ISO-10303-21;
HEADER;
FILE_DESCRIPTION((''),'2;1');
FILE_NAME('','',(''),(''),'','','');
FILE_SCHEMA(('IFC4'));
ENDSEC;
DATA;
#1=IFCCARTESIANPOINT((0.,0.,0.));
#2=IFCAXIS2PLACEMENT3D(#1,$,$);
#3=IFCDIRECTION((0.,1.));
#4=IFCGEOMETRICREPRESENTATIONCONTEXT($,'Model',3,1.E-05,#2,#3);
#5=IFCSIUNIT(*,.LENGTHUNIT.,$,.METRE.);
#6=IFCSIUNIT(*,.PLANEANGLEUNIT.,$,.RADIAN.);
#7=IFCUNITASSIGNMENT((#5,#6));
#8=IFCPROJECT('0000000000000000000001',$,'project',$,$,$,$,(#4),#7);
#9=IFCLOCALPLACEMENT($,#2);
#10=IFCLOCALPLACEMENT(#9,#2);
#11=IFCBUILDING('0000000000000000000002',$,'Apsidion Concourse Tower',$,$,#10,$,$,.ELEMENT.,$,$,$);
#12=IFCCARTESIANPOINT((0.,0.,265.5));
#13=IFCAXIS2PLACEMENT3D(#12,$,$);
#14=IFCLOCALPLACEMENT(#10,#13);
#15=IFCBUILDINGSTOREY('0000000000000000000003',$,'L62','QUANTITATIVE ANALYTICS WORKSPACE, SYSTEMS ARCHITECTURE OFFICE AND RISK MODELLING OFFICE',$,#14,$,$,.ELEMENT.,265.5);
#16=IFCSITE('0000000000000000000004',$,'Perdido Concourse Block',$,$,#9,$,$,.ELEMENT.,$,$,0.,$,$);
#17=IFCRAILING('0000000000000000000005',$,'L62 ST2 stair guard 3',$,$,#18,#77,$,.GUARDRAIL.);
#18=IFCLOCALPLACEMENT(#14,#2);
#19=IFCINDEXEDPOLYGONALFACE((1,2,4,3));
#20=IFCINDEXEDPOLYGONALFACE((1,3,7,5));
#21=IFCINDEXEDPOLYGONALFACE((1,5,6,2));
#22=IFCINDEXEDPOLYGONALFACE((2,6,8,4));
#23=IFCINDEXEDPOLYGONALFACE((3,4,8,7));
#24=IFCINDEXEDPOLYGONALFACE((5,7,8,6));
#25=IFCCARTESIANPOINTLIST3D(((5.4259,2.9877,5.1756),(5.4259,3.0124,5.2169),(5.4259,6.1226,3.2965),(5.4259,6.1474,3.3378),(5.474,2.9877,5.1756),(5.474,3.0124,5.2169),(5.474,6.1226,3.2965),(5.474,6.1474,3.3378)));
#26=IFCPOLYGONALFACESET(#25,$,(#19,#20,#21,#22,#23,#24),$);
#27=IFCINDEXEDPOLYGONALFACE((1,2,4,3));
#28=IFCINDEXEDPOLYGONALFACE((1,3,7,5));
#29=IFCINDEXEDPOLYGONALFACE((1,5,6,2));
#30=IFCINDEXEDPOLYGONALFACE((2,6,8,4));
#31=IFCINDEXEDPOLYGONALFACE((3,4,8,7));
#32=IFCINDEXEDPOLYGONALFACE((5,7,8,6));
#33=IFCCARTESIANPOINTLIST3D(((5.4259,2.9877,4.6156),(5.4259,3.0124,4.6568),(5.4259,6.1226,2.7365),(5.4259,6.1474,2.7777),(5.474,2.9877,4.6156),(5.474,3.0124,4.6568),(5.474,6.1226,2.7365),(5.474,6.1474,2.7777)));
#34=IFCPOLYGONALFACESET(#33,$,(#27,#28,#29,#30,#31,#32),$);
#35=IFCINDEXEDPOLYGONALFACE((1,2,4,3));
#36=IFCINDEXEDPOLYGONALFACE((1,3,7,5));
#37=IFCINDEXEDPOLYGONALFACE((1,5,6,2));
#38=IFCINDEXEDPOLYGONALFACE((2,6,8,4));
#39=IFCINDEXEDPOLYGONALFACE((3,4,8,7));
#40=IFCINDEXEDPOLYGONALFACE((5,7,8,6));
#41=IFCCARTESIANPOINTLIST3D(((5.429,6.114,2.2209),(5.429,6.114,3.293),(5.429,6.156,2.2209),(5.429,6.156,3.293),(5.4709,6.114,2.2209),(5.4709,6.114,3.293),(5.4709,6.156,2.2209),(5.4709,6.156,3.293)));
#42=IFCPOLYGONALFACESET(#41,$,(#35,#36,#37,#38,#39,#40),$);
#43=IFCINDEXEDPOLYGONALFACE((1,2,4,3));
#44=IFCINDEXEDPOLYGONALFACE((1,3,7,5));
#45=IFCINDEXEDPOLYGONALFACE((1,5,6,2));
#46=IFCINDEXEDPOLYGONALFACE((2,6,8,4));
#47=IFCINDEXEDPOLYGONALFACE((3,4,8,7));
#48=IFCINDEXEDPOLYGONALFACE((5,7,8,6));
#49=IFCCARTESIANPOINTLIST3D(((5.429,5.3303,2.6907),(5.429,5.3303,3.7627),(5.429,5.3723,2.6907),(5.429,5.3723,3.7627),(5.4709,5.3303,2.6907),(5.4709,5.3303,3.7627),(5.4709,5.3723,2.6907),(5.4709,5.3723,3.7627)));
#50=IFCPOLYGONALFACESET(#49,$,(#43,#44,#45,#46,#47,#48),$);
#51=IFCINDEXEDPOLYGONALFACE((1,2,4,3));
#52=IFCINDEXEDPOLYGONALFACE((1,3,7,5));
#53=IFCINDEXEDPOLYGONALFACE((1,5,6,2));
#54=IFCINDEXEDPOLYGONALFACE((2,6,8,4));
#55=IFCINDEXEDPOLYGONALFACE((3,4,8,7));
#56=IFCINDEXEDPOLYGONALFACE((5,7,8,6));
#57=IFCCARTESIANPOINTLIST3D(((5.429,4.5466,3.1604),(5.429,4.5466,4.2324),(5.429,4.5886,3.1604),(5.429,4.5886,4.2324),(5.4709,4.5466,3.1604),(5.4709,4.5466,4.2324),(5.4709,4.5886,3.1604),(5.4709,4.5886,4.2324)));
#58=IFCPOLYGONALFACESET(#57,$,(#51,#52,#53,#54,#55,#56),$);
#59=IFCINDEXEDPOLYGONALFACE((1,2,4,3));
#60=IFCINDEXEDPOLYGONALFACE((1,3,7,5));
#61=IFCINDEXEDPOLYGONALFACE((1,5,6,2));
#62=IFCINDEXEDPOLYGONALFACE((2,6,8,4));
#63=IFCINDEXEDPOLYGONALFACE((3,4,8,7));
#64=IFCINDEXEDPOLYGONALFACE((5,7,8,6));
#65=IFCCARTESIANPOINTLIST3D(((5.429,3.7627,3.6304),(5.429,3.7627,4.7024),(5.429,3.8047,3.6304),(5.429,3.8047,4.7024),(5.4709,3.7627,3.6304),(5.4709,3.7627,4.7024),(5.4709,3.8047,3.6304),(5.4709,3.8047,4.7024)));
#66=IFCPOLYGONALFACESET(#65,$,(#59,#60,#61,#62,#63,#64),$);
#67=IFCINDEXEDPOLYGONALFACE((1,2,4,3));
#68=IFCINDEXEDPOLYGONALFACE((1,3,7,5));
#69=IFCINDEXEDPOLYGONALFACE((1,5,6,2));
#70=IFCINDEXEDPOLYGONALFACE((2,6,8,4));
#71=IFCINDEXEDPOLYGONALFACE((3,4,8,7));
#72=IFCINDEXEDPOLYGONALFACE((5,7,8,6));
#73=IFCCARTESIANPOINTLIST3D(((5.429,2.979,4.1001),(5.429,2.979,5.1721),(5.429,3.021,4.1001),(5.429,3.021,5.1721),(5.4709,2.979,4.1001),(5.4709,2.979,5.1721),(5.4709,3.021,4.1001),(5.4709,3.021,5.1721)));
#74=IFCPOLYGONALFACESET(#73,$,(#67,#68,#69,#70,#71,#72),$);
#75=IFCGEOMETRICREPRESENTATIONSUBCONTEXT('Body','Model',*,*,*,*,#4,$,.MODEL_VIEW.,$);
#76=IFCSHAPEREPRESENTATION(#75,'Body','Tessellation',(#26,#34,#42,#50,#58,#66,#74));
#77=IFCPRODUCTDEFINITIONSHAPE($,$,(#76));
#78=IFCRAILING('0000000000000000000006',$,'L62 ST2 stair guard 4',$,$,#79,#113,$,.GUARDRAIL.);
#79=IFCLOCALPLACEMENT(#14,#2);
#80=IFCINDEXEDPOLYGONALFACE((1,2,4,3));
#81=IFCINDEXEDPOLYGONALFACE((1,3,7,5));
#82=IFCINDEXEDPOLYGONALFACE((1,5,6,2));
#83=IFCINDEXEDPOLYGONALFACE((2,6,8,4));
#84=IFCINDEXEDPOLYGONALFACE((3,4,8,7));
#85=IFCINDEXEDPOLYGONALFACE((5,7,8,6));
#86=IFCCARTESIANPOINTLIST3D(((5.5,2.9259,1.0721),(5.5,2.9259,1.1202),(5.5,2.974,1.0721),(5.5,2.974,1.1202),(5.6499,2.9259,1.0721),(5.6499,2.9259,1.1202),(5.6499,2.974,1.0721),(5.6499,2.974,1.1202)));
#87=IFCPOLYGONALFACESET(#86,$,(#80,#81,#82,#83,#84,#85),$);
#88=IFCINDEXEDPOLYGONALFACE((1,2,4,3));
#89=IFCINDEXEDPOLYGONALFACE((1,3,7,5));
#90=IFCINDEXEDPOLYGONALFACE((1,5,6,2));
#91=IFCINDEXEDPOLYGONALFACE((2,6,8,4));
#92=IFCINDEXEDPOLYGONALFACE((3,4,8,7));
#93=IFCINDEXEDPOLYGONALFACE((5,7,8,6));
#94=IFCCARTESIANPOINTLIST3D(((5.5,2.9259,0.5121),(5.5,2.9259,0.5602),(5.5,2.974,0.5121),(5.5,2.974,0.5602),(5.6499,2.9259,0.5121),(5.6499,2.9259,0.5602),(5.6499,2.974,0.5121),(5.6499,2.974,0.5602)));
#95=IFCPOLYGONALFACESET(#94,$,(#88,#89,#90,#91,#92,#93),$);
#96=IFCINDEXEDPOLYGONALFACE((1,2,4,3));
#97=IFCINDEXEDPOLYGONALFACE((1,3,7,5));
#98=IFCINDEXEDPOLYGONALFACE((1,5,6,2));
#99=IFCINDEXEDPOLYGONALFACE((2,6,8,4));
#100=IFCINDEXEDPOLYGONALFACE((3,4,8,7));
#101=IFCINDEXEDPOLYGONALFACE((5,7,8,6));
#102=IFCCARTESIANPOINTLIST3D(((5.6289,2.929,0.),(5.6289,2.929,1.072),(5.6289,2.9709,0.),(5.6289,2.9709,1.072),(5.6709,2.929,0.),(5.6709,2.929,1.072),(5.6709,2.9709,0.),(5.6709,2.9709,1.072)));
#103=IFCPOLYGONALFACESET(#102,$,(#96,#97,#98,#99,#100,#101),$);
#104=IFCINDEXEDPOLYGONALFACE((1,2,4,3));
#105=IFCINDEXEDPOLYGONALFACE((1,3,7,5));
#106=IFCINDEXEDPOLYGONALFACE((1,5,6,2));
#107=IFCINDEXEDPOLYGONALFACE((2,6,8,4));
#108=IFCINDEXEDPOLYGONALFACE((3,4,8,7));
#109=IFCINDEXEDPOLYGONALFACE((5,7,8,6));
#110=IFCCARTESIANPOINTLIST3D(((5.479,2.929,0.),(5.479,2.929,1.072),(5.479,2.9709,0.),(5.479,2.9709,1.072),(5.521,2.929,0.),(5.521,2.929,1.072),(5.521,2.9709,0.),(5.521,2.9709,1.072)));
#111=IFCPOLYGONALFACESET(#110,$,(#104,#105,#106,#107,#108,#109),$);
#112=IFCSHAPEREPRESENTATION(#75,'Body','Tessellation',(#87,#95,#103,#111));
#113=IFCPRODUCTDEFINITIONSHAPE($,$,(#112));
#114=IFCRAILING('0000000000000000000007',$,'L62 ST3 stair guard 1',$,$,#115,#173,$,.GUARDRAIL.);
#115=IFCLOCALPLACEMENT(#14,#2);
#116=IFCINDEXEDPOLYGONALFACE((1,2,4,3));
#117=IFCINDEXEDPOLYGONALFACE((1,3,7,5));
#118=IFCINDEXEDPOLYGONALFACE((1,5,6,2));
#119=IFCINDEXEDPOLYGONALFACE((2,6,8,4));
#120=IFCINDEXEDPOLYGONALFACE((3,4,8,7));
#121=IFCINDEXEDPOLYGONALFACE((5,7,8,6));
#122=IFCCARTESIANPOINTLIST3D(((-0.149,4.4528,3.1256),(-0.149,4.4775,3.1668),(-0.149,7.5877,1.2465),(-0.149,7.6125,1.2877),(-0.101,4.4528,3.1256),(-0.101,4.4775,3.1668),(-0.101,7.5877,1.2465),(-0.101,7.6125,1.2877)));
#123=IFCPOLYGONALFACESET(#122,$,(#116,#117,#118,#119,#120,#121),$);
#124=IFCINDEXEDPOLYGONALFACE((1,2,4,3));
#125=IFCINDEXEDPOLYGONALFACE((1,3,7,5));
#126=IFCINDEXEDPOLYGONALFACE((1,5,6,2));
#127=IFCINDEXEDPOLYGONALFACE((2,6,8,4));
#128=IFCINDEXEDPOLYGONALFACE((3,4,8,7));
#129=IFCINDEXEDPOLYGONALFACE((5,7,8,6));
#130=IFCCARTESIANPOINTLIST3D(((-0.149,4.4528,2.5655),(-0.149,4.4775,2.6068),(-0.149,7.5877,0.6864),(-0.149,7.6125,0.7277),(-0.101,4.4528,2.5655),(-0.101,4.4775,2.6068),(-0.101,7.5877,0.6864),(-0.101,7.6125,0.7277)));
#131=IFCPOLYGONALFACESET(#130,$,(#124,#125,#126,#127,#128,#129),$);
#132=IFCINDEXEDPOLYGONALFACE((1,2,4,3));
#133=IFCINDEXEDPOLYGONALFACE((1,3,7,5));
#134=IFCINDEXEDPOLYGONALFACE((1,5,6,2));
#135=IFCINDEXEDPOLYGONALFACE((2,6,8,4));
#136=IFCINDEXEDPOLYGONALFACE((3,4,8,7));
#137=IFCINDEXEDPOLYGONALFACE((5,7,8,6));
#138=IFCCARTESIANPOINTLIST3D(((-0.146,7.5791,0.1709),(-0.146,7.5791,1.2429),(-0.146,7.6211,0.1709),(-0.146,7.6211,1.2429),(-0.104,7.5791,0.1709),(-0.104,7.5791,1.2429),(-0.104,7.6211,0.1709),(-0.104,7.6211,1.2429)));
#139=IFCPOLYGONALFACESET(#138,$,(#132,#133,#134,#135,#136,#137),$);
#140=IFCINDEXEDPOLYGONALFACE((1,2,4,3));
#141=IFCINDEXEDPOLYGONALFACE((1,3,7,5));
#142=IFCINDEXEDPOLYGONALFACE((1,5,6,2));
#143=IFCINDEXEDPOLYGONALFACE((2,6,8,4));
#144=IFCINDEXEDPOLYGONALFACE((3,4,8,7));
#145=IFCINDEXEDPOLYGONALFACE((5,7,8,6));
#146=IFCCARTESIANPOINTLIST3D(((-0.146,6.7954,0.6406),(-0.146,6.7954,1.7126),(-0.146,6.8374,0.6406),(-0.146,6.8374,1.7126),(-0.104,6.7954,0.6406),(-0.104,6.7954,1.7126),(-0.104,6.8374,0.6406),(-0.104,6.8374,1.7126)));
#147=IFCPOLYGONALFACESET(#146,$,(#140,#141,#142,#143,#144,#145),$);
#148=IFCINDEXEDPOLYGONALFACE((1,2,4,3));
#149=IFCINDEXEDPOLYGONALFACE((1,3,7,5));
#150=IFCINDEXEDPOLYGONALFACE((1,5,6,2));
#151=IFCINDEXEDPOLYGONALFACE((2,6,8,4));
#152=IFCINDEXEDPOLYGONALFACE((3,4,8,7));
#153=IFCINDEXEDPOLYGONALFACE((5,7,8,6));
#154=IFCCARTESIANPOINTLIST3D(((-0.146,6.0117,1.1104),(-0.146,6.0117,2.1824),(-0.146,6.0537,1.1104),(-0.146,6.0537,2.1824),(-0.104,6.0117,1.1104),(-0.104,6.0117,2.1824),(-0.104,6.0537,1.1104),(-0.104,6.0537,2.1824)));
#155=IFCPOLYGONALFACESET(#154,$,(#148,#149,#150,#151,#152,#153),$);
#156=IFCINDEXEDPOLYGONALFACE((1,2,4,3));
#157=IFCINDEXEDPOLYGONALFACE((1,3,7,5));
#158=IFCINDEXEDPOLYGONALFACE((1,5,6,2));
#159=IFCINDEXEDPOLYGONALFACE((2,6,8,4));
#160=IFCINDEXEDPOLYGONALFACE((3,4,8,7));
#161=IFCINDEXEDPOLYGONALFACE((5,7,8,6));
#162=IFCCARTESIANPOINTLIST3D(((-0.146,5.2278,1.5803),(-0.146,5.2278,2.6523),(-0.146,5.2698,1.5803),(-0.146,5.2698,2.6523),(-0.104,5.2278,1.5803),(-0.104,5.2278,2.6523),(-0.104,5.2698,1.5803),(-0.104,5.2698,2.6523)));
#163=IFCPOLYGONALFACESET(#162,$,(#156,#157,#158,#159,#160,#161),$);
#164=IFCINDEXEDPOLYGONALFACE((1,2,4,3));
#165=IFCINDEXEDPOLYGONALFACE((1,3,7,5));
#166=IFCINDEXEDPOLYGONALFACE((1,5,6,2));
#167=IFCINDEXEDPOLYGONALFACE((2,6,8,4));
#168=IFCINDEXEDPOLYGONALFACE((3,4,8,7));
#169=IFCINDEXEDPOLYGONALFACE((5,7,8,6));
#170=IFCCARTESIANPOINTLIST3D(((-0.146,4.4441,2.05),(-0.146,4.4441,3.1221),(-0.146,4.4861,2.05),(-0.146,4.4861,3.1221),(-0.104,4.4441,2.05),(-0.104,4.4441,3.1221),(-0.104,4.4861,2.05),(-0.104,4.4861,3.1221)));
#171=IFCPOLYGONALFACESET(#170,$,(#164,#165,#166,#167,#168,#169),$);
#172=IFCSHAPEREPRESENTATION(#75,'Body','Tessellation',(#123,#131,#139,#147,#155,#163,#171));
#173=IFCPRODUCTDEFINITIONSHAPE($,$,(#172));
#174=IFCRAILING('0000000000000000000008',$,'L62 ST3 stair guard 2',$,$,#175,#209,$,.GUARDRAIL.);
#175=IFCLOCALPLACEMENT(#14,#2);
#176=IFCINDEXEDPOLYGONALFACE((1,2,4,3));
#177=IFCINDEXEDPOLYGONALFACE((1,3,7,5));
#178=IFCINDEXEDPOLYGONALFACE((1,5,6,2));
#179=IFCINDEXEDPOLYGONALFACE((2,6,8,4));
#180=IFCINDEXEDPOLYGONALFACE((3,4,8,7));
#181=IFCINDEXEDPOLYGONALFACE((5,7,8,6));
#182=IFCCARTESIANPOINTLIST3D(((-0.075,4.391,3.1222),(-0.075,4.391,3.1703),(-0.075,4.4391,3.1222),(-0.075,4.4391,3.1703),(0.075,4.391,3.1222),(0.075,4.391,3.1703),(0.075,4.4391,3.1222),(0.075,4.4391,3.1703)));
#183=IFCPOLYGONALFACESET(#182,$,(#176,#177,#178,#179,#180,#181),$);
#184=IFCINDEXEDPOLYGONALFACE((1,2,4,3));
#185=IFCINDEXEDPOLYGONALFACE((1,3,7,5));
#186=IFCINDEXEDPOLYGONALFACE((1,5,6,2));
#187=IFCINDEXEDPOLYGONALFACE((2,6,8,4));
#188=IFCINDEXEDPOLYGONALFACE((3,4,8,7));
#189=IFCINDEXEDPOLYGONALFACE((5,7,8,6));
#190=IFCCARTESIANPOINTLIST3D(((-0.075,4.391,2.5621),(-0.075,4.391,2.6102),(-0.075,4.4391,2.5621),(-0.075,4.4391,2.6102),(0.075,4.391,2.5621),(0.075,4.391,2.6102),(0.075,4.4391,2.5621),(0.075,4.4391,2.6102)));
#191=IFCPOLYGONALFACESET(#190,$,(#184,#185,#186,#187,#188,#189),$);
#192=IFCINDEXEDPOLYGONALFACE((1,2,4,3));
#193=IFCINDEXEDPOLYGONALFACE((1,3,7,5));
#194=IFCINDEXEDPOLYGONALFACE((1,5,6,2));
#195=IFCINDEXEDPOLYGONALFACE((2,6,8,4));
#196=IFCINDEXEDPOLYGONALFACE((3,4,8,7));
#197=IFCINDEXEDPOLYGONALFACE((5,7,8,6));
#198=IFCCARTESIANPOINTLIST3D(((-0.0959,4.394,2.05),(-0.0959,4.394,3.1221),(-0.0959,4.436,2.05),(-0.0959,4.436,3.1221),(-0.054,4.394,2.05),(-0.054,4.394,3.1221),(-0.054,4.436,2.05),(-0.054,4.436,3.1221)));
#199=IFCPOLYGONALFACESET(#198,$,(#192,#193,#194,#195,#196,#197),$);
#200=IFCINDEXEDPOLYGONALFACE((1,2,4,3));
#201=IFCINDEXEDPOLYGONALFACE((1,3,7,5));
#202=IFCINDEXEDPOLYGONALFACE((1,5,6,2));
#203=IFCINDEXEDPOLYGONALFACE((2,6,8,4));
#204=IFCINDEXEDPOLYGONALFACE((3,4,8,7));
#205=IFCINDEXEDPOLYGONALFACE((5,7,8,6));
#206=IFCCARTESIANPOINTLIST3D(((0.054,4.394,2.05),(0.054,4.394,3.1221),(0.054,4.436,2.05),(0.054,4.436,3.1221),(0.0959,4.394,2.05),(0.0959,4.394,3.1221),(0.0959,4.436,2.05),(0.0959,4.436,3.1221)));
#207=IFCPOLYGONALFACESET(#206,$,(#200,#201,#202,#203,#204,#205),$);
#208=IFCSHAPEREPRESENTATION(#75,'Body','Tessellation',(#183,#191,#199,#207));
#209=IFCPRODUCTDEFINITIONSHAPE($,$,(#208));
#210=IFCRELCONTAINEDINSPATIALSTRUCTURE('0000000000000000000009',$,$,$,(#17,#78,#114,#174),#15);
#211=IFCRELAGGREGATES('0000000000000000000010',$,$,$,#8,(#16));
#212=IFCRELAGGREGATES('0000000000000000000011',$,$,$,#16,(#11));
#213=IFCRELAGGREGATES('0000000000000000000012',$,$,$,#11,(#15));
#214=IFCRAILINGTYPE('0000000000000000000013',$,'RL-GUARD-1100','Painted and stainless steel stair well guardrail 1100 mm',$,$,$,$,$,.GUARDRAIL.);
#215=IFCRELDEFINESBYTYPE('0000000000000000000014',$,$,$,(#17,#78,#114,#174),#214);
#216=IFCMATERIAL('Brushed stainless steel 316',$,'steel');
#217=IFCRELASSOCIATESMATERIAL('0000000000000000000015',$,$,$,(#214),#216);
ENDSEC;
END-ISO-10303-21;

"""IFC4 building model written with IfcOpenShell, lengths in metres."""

from ifc_helpers import new_model, si_unit, direction, frame, origin, origin_2d, place, context, subcontext, project, spatial, rectangle, extrude, material, type_object, element, save


model = new_model("IFC4")

# Units and contexts
model_context = context("Model", 3, precision=1e-05, world=origin(), true_north=direction((0.0, 1.0)))
body_context = subcontext(model_context, "Body", "Model", "MODEL_VIEW")
ifc_project = project(units=[si_unit("LENGTHUNIT", "METRE"), si_unit("PLANEANGLEUNIT", "RADIAN")], contexts=[model_context])

# Site, building, storey
site_placement = place(None, origin())
site = spatial("IfcSite", under=ifc_project, at=site_placement, Name="Perdido Concourse Block", CompositionType="ELEMENT", RefElevation=0.0)
building_placement = place(site_placement, origin())
building = spatial("IfcBuilding", under=site, at=building_placement, Name="Apsidion Concourse Tower", CompositionType="ELEMENT")
storey_placement = place(building_placement, frame((0.0, 0.0, 265.5)))
storey = spatial("IfcBuildingStorey", under=building, at=storey_placement, Name="L62", Description="QUANTITATIVE ANALYTICS WORKSPACE, SYSTEMS ARCHITECTURE OFFICE AND RISK MODELLING OFFICE", CompositionType="ELEMENT", Elevation=265.5)

# Railings
ifc_material_1 = material(Name="Brushed stainless steel 316", Category="steel")
railing_type_1 = type_object("IfcRailingType", Name="RL-GUARD-1100", Description="Painted and stainless steel stair well guardrail 1100 mm", PredefinedType="GUARDRAIL", material=ifc_material_1)
railing_1_placement = place(storey_placement, frame((5.45, 6.135, 2.2209)))
element("IfcRailing", 1, at=railing_1_placement, inside=storey, type_object=railing_type_1, Name="L62 ST2 stair guard 3", PredefinedType="GUARDRAIL", context=body_context, shape_type="SweptSolid", body=[
    extrude(rectangle(XDim=0.0481, YDim=0.0481, at=origin_2d()), frame((0.0, 0.0, 1.0962), z_axis=(0.0, -0.857717, 0.514122), x_axis=(1.0, 0.0, 0.0)), (0.0, 0.0, 1.0), 3.655),
    extrude(rectangle(XDim=0.0481, YDim=0.0481, at=origin_2d()), frame((0.0, 0.0, 0.5361), z_axis=(0.0, -0.857717, 0.514122), x_axis=(1.0, 0.0, 0.0)), (0.0, 0.0, 1.0), 3.655),
    extrude(rectangle(XDim=0.042, YDim=0.042, at=origin_2d()), origin(), (0.0, 0.0, 1.0), 1.072),
    extrude(rectangle(XDim=0.042, YDim=0.042, at=origin_2d()), frame((0.0, -0.7837, 0.4697)), (0.0, 0.0, 1.0), 1.072),
    extrude(rectangle(XDim=0.042, YDim=0.042, at=origin_2d()), frame((0.0, -1.5674, 0.9395)), (0.0, 0.0, 1.0), 1.072),
    extrude(rectangle(XDim=0.042, YDim=0.042, at=origin_2d()), frame((0.0, -2.3513, 1.4094)), (0.0, 0.0, 1.0), 1.072),
    extrude(rectangle(XDim=0.042, YDim=0.042, at=origin_2d()), frame((0.0, -3.135, 1.8792)), (0.0, 0.0, 1.0), 1.072),
])
railing_2_placement = place(storey_placement, frame((5.6499, 2.95, 0.0)))
element("IfcRailing", 2, at=railing_2_placement, inside=storey, type_object=railing_type_1, Name="L62 ST2 stair guard 4", PredefinedType="GUARDRAIL", context=body_context, shape_type="SweptSolid", body=[
    extrude(rectangle(XDim=0.0481, YDim=0.0481, at=origin_2d()), frame((0.0, 0.0, 1.0962), z_axis=(-1.0, 0.0, 0.0), x_axis=(0.0, -1.0, 0.0)), (0.0, 0.0, 1.0), 0.1499),
    extrude(rectangle(XDim=0.0481, YDim=0.0481, at=origin_2d()), frame((0.0, 0.0, 0.5361), z_axis=(-1.0, 0.0, 0.0), x_axis=(0.0, -1.0, 0.0)), (0.0, 0.0, 1.0), 0.1499),
    extrude(rectangle(XDim=0.042, YDim=0.042, at=origin_2d()), origin(), (0.0, 0.0, 1.0), 1.072),
    extrude(rectangle(XDim=0.042, YDim=0.042, at=origin_2d()), frame((-0.1499, 0.0, 0.0)), (0.0, 0.0, 1.0), 1.072),
])
railing_3_placement = place(storey_placement, frame((-0.125, 7.6001, 0.1709)))
element("IfcRailing", 3, at=railing_3_placement, inside=storey, type_object=railing_type_1, Name="L62 ST3 stair guard 1", PredefinedType="GUARDRAIL", context=body_context, shape_type="SweptSolid", body=[
    extrude(rectangle(XDim=0.0481, YDim=0.0481, at=origin_2d()), frame((0.0, 0.0, 1.0962), z_axis=(0.0, -0.857717, 0.514122), x_axis=(1.0, 0.0, 0.0)), (0.0, 0.0, 1.0), 3.655),
    extrude(rectangle(XDim=0.0481, YDim=0.0481, at=origin_2d()), frame((0.0, 0.0, 0.5361), z_axis=(0.0, -0.857717, 0.514122), x_axis=(1.0, 0.0, 0.0)), (0.0, 0.0, 1.0), 3.655),
    extrude(rectangle(XDim=0.042, YDim=0.042, at=origin_2d()), origin(), (0.0, 0.0, 1.0), 1.072),
    extrude(rectangle(XDim=0.042, YDim=0.042, at=origin_2d()), frame((0.0, -0.7837, 0.4697)), (0.0, 0.0, 1.0), 1.072),
    extrude(rectangle(XDim=0.042, YDim=0.042, at=origin_2d()), frame((0.0, -1.5674, 0.9395)), (0.0, 0.0, 1.0), 1.072),
    extrude(rectangle(XDim=0.042, YDim=0.042, at=origin_2d()), frame((0.0, -2.3513, 1.4094)), (0.0, 0.0, 1.0), 1.072),
    extrude(rectangle(XDim=0.042, YDim=0.042, at=origin_2d()), frame((0.0, -3.135, 1.8792)), (0.0, 0.0, 1.0), 1.072),
])
railing_4_placement = place(storey_placement, frame((-0.075, 4.415, 2.05)))
element("IfcRailing", 4, at=railing_4_placement, inside=storey, type_object=railing_type_1, Name="L62 ST3 stair guard 2", PredefinedType="GUARDRAIL", context=body_context, shape_type="SweptSolid", body=[
    extrude(rectangle(XDim=0.0481, YDim=0.0481, at=origin_2d()), frame((0.0, 0.0, 1.0962), z_axis=(1.0, 0.0, 0.0), x_axis=(0.0, 1.0, 0.0)), (0.0, 0.0, 1.0), 0.1499),
    extrude(rectangle(XDim=0.0481, YDim=0.0481, at=origin_2d()), frame((0.0, 0.0, 0.5361), z_axis=(1.0, 0.0, 0.0), x_axis=(0.0, 1.0, 0.0)), (0.0, 0.0, 1.0), 0.1499),
    extrude(rectangle(XDim=0.042, YDim=0.042, at=origin_2d()), origin(), (0.0, 0.0, 1.0), 1.072),
    extrude(rectangle(XDim=0.042, YDim=0.042, at=origin_2d()), frame((0.1499, 0.0, 0.0)), (0.0, 0.0, 1.0), 1.072),
])

save(model, "model.ifc")
